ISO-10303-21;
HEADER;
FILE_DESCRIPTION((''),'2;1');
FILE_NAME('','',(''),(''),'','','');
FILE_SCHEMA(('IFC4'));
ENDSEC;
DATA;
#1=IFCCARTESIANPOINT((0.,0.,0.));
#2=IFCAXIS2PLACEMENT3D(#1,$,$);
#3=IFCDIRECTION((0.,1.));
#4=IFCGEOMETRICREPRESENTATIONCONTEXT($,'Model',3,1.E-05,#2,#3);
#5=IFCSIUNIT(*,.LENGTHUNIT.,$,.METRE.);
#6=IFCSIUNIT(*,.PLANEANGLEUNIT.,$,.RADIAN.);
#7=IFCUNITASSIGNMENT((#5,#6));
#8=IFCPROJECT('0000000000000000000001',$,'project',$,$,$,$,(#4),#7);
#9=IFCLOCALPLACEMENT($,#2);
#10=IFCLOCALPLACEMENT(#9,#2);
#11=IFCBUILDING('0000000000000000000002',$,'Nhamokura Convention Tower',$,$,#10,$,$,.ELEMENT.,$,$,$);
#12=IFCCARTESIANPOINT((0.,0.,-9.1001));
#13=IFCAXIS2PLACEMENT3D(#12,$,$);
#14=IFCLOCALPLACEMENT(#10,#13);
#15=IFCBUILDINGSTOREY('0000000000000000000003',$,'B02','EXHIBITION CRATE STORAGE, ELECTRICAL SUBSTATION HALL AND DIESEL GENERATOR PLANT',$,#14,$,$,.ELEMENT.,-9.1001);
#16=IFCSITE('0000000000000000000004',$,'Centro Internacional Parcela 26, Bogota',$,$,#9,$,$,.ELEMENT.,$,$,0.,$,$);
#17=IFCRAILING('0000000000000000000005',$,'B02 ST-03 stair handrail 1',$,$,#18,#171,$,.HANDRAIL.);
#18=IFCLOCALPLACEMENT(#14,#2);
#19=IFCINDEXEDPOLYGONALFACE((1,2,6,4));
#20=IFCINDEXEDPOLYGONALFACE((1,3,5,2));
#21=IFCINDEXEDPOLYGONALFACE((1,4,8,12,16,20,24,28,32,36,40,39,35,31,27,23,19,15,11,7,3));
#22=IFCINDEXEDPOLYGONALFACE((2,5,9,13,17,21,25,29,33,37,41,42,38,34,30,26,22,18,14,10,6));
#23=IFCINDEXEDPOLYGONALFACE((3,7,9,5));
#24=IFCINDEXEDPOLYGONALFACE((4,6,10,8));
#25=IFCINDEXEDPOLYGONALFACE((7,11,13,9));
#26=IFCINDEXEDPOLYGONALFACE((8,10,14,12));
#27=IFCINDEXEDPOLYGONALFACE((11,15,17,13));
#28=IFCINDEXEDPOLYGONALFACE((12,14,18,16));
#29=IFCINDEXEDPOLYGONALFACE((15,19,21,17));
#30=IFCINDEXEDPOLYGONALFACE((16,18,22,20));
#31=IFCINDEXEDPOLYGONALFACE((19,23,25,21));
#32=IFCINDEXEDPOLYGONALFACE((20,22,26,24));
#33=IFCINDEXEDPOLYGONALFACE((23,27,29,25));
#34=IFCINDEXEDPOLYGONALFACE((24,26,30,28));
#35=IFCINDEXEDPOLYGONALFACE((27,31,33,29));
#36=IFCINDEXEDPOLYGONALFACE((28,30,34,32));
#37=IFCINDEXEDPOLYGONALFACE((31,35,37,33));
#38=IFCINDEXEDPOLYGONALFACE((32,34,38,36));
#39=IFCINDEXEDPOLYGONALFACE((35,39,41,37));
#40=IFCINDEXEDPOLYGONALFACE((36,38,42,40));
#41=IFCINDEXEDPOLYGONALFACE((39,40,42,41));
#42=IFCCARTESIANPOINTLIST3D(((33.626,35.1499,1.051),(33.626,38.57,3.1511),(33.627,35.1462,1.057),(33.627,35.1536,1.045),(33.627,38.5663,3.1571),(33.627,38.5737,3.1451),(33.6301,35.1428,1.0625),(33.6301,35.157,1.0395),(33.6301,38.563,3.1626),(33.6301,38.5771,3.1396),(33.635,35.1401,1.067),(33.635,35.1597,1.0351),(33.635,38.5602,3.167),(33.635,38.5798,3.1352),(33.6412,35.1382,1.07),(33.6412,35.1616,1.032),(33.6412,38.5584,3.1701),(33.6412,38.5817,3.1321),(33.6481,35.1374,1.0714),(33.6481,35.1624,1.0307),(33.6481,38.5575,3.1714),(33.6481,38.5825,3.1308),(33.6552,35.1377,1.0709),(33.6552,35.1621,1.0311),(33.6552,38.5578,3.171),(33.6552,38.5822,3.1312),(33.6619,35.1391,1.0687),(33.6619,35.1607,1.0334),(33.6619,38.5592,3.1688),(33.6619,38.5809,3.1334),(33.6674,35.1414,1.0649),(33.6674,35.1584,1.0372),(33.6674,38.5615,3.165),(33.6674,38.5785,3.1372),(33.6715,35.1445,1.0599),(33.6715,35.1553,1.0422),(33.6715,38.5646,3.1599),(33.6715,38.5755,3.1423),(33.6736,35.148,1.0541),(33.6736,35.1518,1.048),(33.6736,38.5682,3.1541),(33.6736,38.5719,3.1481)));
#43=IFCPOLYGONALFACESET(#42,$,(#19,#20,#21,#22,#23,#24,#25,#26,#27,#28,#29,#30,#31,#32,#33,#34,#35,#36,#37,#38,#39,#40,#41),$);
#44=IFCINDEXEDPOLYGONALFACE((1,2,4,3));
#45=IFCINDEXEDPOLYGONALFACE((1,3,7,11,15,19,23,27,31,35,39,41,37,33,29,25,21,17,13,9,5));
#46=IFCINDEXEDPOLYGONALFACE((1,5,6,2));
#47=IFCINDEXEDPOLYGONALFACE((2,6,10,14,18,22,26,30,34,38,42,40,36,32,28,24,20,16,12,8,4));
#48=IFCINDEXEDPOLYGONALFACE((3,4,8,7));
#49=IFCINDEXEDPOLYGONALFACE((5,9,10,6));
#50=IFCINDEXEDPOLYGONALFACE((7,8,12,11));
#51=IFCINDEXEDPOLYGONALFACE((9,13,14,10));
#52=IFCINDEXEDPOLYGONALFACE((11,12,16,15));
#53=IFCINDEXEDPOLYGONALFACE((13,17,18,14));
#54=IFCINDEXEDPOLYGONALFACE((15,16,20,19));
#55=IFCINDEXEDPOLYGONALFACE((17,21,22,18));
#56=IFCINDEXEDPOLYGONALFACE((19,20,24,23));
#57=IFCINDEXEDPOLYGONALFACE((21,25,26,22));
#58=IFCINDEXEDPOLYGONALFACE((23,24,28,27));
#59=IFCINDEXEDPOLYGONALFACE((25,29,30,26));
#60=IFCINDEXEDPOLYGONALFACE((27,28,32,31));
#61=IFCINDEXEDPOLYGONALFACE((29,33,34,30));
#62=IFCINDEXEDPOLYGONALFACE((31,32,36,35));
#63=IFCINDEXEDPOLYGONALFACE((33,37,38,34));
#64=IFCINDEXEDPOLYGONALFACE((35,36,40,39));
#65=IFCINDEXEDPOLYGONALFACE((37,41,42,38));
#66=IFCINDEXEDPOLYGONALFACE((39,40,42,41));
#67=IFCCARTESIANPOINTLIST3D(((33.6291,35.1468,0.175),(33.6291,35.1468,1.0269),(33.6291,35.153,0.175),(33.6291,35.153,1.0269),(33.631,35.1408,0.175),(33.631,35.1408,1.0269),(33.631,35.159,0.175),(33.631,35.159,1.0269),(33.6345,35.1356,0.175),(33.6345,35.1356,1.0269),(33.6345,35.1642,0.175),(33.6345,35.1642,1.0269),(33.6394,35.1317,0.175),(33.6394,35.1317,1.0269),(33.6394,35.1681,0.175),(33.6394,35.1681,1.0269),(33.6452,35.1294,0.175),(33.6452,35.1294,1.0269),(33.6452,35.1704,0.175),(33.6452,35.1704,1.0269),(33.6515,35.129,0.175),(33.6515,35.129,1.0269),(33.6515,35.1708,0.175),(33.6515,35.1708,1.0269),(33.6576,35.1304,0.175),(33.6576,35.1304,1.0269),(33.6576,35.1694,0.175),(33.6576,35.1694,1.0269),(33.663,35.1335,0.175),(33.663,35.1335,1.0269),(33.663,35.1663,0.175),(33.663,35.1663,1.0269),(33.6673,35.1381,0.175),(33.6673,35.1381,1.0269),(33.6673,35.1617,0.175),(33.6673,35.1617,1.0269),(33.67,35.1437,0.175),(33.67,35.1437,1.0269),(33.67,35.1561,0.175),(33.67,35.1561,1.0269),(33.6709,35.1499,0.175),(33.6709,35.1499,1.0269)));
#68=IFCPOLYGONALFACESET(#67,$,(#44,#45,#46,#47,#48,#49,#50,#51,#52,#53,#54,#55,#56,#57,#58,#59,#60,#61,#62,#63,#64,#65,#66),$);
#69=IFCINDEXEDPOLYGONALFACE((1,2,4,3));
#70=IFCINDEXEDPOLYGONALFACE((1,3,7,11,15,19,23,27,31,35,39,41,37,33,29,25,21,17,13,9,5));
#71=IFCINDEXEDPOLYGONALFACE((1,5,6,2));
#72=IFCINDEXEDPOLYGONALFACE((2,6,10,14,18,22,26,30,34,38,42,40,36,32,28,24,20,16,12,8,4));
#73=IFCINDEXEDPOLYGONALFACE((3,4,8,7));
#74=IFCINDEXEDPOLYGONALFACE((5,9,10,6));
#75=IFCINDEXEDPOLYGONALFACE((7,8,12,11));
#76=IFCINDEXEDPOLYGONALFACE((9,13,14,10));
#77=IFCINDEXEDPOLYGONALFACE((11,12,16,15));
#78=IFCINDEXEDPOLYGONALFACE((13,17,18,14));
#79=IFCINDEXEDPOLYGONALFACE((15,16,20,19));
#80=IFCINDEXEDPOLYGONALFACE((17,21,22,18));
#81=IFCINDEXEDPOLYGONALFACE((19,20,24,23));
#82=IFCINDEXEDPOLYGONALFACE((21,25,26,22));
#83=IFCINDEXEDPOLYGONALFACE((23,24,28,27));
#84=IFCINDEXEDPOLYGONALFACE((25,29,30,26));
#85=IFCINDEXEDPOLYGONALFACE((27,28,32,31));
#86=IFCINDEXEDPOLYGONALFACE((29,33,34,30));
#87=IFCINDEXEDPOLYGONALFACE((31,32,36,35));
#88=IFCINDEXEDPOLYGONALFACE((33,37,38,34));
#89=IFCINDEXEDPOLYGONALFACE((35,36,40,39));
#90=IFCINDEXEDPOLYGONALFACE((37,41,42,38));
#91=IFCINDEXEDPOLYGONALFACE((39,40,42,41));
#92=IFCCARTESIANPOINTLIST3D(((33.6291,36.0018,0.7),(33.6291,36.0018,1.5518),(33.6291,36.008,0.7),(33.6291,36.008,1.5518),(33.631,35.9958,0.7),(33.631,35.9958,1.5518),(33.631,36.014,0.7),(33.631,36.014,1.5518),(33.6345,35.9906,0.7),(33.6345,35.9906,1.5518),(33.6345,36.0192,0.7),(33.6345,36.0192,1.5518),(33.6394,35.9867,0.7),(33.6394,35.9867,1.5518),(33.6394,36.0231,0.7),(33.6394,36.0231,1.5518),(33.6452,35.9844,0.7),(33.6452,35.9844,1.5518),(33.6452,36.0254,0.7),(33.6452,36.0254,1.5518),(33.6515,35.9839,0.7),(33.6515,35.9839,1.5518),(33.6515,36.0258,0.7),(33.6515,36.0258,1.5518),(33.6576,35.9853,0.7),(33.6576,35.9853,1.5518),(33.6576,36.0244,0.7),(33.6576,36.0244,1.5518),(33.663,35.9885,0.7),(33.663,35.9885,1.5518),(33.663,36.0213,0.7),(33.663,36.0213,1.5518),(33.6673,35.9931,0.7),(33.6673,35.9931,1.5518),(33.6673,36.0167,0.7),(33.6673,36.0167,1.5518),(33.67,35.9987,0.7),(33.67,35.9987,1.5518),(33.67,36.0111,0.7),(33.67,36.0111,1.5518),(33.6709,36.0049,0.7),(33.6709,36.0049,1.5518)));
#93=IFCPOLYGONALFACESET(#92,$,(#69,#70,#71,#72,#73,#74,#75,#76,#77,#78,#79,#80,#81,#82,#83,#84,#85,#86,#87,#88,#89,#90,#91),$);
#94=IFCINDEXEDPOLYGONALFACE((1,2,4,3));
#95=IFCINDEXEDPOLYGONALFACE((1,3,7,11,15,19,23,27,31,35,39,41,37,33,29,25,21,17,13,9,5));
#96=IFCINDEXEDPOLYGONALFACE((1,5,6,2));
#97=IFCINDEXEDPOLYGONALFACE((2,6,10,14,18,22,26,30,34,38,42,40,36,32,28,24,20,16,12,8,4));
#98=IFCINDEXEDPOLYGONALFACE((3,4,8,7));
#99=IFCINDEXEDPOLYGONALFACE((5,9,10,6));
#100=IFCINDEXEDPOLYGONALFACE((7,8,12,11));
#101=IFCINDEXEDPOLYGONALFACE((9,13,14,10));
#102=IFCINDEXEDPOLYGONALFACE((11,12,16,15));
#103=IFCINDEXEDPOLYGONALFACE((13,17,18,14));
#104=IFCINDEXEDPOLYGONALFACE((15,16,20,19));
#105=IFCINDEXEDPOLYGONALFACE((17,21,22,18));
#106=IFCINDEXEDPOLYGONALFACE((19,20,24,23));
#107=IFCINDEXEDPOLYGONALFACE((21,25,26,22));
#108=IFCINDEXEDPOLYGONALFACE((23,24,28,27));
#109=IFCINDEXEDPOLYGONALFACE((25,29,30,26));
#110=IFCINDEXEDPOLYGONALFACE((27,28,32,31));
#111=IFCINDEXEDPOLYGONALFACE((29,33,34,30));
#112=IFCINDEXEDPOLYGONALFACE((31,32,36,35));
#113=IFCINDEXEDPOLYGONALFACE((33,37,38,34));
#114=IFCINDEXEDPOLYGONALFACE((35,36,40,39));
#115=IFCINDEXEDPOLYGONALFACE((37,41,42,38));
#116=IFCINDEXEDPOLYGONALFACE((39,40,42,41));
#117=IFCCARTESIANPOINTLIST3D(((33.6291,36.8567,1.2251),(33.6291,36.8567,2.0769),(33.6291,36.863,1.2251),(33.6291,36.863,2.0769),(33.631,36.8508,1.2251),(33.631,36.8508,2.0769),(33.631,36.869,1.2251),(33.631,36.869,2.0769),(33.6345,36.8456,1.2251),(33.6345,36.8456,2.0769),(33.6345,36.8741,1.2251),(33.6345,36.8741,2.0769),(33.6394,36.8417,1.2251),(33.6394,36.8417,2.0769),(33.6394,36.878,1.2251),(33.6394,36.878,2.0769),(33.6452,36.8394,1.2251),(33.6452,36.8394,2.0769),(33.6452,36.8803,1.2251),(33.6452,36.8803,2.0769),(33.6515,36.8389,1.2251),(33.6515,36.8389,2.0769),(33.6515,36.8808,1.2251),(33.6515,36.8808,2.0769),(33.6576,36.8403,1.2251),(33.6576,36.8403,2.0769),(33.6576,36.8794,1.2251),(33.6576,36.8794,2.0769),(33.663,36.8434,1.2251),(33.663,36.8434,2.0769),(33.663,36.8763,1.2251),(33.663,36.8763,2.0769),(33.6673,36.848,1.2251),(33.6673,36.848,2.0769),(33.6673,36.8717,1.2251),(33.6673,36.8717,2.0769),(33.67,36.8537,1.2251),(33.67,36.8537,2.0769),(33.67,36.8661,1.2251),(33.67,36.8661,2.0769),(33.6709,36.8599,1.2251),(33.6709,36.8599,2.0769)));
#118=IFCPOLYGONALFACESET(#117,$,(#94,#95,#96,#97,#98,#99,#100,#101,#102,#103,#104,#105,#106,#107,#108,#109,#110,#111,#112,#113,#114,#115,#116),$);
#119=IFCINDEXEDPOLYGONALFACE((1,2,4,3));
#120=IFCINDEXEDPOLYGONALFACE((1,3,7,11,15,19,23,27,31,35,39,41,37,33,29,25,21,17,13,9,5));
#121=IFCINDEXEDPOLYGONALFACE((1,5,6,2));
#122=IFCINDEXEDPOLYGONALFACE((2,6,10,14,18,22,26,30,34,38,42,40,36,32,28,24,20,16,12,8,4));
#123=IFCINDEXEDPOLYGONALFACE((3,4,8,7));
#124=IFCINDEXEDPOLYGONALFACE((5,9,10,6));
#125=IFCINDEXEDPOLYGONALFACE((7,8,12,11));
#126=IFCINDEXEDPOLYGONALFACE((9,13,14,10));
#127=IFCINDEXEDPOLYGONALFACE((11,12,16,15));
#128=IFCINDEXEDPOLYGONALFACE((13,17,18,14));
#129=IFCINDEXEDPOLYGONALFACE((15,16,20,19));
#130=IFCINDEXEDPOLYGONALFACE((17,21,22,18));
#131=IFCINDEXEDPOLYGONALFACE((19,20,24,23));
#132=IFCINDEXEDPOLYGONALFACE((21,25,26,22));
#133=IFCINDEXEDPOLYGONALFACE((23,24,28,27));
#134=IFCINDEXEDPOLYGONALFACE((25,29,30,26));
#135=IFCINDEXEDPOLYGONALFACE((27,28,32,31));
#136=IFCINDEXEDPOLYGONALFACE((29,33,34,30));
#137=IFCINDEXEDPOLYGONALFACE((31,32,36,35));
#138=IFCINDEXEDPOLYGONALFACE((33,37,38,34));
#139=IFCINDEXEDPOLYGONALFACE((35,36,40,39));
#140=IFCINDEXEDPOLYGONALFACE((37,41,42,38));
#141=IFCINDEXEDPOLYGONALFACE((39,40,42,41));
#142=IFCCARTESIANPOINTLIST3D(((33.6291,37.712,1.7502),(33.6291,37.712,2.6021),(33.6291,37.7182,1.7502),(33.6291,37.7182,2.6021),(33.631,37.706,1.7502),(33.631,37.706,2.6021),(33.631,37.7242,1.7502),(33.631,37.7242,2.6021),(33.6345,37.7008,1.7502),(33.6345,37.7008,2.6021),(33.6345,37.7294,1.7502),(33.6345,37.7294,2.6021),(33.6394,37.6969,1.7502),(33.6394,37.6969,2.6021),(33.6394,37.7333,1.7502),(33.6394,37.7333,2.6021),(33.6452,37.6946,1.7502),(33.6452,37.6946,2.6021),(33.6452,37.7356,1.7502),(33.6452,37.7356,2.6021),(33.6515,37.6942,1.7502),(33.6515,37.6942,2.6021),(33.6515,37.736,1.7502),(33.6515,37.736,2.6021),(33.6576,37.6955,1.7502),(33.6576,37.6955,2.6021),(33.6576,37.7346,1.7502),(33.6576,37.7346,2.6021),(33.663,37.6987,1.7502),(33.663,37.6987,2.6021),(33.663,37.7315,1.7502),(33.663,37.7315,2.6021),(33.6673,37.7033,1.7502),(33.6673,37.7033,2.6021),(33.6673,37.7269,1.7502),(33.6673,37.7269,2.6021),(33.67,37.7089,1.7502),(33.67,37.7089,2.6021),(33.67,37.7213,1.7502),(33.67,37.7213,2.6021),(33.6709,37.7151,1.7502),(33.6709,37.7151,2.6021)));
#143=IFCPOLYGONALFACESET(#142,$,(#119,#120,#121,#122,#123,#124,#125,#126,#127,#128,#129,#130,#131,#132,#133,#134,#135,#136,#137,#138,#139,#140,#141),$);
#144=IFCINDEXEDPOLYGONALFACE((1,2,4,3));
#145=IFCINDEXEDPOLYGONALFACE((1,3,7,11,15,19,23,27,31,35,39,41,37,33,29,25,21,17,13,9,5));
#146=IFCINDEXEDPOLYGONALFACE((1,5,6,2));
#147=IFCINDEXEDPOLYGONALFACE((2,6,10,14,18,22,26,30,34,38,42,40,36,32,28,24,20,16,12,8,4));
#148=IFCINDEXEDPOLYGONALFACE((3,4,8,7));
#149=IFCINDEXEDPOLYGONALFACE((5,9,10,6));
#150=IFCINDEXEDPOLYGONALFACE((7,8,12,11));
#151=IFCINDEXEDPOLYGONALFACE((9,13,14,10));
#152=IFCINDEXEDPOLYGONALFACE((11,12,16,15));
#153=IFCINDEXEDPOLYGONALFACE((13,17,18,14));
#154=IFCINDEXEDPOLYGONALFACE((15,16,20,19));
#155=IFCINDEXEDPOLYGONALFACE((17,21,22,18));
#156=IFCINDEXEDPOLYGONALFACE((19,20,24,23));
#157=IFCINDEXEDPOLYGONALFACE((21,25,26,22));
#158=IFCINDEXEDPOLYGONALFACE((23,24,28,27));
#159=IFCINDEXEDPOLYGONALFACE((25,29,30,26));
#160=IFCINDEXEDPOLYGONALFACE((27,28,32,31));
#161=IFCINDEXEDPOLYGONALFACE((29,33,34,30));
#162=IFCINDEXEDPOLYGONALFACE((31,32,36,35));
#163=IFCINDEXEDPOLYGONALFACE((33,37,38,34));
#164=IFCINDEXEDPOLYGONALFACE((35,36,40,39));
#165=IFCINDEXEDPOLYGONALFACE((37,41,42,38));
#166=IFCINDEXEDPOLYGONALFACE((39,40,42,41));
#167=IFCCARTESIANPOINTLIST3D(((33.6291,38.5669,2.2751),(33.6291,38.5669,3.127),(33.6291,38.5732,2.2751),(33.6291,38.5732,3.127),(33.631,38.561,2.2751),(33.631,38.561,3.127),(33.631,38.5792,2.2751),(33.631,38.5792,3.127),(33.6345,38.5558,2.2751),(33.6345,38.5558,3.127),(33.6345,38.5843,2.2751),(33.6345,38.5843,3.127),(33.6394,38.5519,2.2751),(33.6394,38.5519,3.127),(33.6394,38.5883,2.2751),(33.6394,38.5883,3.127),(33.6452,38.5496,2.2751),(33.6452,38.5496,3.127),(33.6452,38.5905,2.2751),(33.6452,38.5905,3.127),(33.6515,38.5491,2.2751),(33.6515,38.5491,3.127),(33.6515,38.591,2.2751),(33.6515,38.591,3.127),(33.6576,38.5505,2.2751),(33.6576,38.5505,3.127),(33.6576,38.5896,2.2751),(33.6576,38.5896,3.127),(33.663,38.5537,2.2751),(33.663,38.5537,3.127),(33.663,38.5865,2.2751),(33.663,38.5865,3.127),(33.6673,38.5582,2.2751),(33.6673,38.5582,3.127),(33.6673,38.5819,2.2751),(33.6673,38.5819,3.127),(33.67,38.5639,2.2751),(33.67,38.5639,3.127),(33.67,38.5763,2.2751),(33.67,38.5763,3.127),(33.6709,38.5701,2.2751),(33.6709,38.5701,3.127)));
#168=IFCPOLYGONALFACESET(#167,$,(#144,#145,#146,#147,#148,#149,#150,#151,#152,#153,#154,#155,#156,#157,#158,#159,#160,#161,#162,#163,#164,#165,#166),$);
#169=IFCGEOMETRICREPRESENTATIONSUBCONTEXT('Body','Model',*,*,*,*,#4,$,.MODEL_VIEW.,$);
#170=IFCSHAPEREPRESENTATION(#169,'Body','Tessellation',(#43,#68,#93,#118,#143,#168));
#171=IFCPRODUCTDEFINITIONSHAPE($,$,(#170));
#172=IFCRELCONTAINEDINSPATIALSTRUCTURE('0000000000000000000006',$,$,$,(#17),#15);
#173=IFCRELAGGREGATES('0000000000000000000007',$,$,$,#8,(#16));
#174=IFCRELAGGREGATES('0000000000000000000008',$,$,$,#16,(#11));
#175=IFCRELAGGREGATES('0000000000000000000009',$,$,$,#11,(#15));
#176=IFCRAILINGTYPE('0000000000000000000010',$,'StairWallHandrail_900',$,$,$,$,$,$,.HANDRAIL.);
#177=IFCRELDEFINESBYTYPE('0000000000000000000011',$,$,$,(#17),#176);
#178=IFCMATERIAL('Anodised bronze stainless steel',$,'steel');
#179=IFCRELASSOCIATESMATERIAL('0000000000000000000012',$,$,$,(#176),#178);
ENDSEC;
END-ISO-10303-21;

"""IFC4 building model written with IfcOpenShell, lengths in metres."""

from ifc_helpers import new_model, si_unit, direction, frame, origin, origin_2d, place, context, subcontext, project, spatial, circle, extrude, material, type_object, element, save


model = new_model("IFC4")

# Units and contexts
model_context = context("Model", 3, precision=1e-05, world=origin(), true_north=direction((0.0, 1.0)))
body_context = subcontext(model_context, "Body", "Model", "MODEL_VIEW")
ifc_project = project(units=[si_unit("LENGTHUNIT", "METRE"), si_unit("PLANEANGLEUNIT", "RADIAN")], contexts=[model_context])

# Site, building, storey
site_placement = place(None, origin())
site = spatial("IfcSite", under=ifc_project, at=site_placement, Name="Centro Internacional Parcela 26, Bogota", CompositionType="ELEMENT", RefElevation=0.0)
building_placement = place(site_placement, origin())
building = spatial("IfcBuilding", under=site, at=building_placement, Name="Nhamokura Convention Tower", CompositionType="ELEMENT")
storey_placement = place(building_placement, frame((0.0, 0.0, -9.1001)))
storey = spatial("IfcBuildingStorey", under=building, at=storey_placement, Name="B02", Description="EXHIBITION CRATE STORAGE, ELECTRICAL SUBSTATION HALL AND DIESEL GENERATOR PLANT", CompositionType="ELEMENT", Elevation=-9.1001)

# Railing
ifc_material_1 = material(Name="Anodised bronze stainless steel", Category="steel")
railing_type_1 = type_object("IfcRailingType", Name="StairWallHandrail_900", PredefinedType="HANDRAIL", material=ifc_material_1)
railing_1_placement = place(storey_placement, frame((33.6499, 35.1499, 0.175)))
element("IfcRailing", 1, at=railing_1_placement, inside=storey, type_object=railing_type_1, Name="B02 ST-03 stair handrail 1", PredefinedType="HANDRAIL", context=body_context, shape_type="SweptSolid", body=[
    extrude(circle(Radius=0.0239, at=origin_2d()), frame((0.0, 0.0, 0.876), z_axis=(0.0, 0.852172, 0.523262), x_axis=(-1.0, 0.0, 0.0)), (0.0, 0.0, 1.0), 4.0134),
    extrude(circle(Radius=0.021, at=origin_2d()), origin(), (0.0, 0.0, 1.0), 0.8518),
    extrude(circle(Radius=0.021, at=origin_2d()), frame((0.0, 0.855, 0.5249)), (0.0, 0.0, 1.0), 0.8518),
    extrude(circle(Radius=0.021, at=origin_2d()), frame((0.0, 1.71, 1.05)), (0.0, 0.0, 1.0), 0.8518),
    extrude(circle(Radius=0.021, at=origin_2d()), frame((0.0, 2.5652, 1.5752)), (0.0, 0.0, 1.0), 0.8518),
    extrude(circle(Radius=0.021, at=origin_2d()), frame((0.0, 3.4202, 2.1001)), (0.0, 0.0, 1.0), 0.8518),
])

save(model, "model.ifc")
